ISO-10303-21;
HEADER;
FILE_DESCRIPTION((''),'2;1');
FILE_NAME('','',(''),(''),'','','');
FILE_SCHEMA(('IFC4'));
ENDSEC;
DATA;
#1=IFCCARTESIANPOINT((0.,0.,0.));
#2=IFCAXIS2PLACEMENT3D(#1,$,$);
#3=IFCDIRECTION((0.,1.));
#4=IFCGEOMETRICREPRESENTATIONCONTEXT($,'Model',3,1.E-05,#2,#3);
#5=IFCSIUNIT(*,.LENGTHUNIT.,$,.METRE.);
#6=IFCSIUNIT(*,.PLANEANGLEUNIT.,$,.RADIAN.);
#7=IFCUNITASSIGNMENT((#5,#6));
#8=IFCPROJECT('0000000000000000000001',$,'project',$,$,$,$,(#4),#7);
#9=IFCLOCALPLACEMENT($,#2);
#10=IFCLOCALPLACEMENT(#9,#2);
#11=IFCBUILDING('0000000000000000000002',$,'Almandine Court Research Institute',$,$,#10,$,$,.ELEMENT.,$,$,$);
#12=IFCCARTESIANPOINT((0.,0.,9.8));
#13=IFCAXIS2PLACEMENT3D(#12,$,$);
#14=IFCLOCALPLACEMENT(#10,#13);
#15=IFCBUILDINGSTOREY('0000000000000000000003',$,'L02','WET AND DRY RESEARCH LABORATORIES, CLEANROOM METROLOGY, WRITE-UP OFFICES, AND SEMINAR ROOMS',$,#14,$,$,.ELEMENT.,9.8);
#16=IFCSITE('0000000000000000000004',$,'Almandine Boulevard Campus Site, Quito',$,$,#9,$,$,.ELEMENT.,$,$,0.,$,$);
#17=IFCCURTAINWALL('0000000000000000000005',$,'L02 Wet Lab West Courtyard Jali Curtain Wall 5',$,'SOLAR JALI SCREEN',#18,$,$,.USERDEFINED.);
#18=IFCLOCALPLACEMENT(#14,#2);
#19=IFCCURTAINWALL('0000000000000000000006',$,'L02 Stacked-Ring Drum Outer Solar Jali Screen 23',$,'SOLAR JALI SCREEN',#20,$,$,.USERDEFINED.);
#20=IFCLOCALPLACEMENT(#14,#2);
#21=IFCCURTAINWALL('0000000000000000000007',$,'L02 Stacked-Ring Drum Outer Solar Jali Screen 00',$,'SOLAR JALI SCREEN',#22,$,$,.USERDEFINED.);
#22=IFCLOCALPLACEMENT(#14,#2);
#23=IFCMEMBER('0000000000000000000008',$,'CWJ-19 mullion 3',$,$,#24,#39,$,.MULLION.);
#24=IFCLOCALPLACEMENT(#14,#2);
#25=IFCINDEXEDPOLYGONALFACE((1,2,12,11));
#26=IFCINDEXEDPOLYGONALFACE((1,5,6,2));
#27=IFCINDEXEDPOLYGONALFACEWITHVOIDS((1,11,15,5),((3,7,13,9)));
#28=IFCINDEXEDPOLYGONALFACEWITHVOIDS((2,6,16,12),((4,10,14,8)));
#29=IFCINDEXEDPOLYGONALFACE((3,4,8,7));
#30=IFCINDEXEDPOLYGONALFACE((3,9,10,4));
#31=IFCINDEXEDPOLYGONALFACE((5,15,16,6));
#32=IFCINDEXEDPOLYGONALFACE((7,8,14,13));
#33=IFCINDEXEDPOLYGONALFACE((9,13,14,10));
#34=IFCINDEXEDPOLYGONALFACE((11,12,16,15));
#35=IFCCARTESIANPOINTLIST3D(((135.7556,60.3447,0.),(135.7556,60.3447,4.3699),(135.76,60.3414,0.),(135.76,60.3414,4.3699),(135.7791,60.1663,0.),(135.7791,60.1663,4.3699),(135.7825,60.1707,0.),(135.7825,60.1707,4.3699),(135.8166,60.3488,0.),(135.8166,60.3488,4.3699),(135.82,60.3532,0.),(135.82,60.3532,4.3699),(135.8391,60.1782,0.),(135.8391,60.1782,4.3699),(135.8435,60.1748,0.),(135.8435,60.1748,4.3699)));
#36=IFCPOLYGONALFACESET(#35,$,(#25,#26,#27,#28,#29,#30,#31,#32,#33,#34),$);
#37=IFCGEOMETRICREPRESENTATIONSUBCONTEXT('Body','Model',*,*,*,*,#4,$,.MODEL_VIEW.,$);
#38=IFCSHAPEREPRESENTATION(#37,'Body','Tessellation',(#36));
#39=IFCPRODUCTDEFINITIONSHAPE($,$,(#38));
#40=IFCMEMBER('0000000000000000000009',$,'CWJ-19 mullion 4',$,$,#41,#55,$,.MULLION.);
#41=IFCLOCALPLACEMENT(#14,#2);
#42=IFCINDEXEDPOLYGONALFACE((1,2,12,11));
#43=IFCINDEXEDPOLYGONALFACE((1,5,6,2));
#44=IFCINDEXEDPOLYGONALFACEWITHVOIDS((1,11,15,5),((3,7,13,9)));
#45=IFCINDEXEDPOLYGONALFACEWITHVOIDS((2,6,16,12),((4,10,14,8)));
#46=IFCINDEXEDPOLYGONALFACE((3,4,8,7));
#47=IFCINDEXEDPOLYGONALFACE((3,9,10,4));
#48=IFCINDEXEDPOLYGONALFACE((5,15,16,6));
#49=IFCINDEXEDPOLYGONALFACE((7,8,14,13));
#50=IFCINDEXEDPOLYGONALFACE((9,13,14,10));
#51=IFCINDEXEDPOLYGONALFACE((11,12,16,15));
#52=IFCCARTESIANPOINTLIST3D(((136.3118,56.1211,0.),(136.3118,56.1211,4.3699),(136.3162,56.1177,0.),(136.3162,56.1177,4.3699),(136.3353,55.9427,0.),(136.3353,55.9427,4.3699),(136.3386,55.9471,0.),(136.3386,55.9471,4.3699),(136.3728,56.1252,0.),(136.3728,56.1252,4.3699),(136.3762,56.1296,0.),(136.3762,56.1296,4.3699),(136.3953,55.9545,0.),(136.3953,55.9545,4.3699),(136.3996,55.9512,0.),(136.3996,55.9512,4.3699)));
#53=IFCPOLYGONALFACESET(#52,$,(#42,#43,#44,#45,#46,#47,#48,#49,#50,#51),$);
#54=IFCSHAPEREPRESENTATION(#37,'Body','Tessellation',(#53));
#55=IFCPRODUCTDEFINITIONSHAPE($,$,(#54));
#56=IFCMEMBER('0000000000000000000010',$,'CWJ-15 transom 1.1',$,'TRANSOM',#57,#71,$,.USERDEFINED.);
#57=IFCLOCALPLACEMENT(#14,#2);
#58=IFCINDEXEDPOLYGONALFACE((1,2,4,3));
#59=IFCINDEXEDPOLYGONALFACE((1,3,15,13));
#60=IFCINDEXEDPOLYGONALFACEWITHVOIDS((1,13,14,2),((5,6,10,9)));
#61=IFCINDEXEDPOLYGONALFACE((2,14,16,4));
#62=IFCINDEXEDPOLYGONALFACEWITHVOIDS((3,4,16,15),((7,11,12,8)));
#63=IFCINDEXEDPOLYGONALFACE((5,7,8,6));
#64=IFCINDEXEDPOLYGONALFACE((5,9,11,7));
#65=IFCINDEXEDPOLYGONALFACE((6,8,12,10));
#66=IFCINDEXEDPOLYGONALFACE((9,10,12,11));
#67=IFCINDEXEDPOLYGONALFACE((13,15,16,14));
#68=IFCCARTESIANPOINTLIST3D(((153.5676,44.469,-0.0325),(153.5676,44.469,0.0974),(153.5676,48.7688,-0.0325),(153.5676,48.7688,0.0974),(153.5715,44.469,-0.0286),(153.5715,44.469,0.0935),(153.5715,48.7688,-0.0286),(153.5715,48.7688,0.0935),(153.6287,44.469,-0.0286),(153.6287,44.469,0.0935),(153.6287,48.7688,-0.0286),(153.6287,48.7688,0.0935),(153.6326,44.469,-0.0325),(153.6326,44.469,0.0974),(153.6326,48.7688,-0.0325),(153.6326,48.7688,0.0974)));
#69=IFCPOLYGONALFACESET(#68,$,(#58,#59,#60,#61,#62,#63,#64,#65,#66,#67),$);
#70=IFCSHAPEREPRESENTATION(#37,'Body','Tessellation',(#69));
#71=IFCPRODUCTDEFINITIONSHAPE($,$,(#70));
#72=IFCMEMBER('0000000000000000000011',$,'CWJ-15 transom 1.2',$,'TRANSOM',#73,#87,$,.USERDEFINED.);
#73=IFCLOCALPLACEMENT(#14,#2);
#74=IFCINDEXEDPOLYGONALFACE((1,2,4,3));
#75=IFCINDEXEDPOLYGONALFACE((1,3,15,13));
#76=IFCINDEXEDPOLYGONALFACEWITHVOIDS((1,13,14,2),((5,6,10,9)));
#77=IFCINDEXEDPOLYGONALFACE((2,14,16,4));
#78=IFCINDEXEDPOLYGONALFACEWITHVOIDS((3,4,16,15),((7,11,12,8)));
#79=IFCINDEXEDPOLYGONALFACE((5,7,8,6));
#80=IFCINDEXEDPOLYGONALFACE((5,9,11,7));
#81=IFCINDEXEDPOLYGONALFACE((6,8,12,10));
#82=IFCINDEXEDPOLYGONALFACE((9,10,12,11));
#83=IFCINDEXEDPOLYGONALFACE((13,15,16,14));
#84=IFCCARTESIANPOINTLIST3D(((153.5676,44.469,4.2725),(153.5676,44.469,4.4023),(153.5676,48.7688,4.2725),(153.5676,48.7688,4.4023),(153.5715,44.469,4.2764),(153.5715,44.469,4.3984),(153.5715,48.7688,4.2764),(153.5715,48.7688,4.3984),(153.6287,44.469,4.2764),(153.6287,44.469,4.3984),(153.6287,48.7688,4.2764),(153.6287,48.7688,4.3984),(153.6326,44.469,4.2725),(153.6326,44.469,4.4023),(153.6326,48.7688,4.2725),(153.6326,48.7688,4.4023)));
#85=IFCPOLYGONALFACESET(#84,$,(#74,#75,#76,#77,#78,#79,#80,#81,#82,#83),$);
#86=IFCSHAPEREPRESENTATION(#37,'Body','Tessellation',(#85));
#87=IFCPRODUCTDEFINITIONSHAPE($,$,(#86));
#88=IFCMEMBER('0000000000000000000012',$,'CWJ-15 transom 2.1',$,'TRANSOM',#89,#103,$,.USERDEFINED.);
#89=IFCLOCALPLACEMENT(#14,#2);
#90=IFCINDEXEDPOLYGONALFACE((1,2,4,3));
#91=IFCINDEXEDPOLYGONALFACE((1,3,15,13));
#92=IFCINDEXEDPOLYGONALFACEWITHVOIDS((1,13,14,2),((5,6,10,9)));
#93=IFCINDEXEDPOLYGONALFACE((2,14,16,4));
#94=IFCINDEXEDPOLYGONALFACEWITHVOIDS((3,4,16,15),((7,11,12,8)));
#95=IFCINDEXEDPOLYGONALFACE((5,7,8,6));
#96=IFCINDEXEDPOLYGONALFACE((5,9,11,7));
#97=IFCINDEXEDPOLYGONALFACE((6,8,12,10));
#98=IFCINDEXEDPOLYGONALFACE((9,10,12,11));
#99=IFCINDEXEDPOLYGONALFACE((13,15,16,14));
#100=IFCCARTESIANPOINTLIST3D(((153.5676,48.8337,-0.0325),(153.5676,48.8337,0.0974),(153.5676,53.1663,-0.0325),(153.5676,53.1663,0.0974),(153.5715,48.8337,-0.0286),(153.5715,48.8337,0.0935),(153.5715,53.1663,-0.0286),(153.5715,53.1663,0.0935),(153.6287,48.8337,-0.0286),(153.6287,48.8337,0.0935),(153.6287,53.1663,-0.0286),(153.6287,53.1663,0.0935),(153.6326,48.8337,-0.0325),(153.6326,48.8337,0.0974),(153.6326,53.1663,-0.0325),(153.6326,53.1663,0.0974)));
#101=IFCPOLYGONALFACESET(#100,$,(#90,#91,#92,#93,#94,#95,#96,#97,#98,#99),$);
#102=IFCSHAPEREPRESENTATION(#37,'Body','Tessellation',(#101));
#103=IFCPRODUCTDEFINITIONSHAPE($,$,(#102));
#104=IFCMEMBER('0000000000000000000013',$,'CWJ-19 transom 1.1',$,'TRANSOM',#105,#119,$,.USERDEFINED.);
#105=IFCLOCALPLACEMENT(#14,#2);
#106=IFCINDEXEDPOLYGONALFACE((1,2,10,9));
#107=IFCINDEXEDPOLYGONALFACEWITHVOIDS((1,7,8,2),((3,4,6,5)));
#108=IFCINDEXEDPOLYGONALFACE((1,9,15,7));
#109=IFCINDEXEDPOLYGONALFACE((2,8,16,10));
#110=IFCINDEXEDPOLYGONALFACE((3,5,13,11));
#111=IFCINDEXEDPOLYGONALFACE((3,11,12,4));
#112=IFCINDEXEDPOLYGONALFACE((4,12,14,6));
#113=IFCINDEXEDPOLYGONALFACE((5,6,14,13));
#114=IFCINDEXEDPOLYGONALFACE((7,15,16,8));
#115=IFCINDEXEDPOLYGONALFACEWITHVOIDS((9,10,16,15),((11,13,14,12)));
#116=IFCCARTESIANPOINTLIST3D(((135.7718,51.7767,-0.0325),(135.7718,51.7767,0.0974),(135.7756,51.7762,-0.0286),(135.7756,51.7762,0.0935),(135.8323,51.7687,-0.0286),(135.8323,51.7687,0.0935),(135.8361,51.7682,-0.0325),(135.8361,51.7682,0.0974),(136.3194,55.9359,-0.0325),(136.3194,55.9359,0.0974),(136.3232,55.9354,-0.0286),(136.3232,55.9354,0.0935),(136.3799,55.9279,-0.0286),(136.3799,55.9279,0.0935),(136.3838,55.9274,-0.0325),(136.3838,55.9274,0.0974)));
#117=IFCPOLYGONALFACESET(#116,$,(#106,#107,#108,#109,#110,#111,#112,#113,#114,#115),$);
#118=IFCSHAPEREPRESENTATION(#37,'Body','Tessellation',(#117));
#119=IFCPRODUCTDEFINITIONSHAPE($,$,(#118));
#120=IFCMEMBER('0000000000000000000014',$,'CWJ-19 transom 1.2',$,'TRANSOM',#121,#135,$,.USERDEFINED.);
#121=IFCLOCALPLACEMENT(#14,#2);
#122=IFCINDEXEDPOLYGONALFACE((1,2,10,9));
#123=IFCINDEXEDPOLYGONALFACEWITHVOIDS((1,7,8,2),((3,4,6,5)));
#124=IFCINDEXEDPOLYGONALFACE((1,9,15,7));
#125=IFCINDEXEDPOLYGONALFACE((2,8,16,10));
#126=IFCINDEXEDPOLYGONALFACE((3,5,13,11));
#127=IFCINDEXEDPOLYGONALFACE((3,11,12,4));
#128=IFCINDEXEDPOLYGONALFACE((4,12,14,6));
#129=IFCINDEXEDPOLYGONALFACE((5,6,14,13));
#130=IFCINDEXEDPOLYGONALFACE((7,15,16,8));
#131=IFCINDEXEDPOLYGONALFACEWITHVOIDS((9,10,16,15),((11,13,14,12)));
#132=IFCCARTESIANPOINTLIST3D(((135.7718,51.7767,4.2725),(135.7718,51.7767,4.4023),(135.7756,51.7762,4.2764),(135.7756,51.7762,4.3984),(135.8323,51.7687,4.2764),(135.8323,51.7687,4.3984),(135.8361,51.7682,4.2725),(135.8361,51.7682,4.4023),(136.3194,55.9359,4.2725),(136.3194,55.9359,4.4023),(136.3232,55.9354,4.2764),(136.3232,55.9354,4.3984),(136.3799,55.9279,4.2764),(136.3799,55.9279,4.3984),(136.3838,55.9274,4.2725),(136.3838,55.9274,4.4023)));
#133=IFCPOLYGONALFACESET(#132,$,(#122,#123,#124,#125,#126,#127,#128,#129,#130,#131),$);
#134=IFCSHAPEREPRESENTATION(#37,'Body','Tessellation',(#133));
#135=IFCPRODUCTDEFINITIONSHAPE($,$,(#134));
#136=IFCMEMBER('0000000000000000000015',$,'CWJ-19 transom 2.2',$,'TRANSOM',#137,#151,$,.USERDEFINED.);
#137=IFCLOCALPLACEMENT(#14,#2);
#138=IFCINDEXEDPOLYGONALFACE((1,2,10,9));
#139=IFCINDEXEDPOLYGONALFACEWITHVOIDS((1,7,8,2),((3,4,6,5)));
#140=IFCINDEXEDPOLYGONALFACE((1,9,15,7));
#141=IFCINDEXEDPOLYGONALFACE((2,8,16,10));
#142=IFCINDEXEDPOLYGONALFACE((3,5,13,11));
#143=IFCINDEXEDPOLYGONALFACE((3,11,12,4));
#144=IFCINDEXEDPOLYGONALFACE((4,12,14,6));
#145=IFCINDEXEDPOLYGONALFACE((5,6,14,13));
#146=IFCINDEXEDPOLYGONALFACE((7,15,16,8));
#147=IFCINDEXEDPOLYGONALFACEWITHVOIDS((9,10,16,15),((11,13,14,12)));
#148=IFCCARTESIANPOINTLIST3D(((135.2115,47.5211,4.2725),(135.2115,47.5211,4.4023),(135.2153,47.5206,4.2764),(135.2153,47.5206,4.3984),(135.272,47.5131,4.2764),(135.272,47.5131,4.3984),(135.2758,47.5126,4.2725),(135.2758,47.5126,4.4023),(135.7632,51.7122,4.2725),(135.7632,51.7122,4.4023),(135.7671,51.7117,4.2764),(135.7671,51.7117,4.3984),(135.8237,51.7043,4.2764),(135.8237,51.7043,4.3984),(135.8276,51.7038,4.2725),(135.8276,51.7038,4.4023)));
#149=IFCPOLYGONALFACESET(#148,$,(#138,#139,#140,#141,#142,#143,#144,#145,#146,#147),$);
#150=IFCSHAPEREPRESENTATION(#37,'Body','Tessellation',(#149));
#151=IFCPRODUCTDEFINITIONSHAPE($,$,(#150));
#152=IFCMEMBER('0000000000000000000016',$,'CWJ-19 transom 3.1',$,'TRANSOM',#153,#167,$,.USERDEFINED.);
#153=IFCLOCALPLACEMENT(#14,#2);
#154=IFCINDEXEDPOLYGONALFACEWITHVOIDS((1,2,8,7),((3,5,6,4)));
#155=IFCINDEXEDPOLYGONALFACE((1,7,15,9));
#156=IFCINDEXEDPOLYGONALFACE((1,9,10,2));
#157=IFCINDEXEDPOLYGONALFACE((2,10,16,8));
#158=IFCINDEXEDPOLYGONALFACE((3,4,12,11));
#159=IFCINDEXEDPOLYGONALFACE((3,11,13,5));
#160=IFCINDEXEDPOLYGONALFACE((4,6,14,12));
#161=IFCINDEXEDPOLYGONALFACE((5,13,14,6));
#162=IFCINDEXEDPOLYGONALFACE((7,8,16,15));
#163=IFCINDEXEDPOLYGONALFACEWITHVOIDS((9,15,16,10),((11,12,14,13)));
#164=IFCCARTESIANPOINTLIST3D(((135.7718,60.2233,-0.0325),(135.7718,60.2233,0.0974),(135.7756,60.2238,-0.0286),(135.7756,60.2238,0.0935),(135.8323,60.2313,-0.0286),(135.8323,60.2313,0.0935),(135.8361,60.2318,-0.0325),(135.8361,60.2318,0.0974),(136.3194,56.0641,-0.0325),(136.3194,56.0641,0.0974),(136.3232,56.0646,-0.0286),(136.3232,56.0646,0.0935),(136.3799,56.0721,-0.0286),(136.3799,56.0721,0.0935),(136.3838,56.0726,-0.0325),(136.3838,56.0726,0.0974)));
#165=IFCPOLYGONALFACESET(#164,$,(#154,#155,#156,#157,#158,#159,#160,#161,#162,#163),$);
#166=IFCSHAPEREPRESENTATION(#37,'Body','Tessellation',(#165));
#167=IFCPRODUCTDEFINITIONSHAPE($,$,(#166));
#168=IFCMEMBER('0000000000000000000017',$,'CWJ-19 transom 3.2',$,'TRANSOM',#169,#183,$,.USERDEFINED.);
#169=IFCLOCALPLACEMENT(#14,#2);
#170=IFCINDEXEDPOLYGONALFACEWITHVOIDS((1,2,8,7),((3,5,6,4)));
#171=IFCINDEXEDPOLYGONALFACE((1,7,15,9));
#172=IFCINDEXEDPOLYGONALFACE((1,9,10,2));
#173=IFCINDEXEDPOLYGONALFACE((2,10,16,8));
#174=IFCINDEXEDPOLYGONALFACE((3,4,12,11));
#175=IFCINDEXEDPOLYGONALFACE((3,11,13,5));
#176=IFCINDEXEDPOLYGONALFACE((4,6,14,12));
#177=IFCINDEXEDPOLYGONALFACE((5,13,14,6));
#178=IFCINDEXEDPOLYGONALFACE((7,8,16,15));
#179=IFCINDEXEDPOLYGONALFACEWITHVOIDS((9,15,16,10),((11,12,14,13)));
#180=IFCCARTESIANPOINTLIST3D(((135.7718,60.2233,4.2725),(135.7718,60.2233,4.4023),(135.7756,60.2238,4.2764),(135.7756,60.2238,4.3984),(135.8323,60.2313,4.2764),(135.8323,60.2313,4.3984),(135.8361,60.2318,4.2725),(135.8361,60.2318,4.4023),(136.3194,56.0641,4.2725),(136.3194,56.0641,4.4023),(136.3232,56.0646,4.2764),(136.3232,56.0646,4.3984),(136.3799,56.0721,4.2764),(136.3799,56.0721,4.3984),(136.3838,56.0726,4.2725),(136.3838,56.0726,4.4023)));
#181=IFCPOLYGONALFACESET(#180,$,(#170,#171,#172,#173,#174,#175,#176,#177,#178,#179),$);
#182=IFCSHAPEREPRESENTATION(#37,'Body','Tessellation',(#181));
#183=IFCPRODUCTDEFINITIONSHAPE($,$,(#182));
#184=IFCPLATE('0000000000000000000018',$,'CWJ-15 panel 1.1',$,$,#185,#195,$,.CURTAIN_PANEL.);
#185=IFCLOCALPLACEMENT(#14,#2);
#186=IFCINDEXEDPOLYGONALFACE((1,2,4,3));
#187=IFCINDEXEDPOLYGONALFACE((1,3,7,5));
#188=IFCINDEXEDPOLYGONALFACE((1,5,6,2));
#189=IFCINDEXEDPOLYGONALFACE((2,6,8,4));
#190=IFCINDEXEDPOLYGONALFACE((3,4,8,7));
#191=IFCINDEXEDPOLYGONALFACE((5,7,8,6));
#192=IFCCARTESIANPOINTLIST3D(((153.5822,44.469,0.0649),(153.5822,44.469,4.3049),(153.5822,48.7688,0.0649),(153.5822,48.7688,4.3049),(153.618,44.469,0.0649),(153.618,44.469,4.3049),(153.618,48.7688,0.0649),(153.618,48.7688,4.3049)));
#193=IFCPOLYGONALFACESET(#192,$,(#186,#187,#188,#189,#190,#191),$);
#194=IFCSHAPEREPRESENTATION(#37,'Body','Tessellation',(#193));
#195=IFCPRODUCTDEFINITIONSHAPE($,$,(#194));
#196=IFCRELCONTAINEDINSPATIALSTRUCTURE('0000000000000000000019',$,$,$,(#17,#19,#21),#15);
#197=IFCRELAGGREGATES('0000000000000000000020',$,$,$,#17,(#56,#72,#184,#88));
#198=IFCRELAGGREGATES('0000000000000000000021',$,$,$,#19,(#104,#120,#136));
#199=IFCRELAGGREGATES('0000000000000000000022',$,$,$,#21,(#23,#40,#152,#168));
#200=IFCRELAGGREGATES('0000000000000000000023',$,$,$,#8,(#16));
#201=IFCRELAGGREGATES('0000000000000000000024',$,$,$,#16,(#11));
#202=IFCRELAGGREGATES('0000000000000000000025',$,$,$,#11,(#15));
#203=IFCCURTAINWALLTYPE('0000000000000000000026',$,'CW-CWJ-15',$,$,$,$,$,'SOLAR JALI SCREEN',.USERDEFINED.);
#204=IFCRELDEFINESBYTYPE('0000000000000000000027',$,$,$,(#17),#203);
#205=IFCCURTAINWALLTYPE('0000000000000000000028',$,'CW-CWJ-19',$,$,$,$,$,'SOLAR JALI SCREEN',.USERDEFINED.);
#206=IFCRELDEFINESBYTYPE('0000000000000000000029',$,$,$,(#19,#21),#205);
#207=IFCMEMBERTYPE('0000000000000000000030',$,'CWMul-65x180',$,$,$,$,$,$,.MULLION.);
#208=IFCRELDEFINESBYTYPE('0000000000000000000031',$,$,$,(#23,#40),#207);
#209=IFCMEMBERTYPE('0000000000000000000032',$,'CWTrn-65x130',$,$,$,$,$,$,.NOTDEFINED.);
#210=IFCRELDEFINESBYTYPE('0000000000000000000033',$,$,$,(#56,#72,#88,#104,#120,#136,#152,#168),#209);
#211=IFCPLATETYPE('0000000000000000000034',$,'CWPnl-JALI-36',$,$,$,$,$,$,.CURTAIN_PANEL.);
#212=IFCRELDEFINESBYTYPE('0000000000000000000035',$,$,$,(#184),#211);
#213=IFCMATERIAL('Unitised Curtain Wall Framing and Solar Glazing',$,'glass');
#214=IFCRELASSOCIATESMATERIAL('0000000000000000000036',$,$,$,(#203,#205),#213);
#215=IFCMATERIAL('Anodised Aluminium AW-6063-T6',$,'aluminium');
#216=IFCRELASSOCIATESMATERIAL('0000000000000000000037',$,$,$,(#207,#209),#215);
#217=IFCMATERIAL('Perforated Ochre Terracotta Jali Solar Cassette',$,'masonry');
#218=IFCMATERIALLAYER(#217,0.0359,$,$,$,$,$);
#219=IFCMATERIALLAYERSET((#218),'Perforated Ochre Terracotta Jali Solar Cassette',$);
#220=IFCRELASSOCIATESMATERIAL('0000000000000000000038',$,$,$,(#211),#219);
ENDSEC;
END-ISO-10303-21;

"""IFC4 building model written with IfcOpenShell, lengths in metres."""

from ifc_helpers import new_model, si_unit, direction, frame, origin, origin_2d, place, context, subcontext, project, spatial, rectangle, hollow_rectangle, extrude, material, layer, layer_set, material_profile, profile_set, type_object, element, aggregate, save


model = new_model("IFC4")

# Units and contexts
model_context = context("Model", 3, precision=1e-05, world=origin(), true_north=direction((0.0, 1.0)))
body_context = subcontext(model_context, "Body", "Model", "MODEL_VIEW")
ifc_project = project(units=[si_unit("LENGTHUNIT", "METRE"), si_unit("PLANEANGLEUNIT", "RADIAN")], contexts=[model_context])

# Site, building, storey
site_placement = place(None, origin())
site = spatial("IfcSite", under=ifc_project, at=site_placement, Name="Almandine Boulevard Campus Site, Quito", CompositionType="ELEMENT", RefElevation=0.0)
building_placement = place(site_placement, origin())
building = spatial("IfcBuilding", under=site, at=building_placement, Name="Almandine Court Research Institute", CompositionType="ELEMENT")
storey_placement = place(building_placement, frame((0.0, 0.0, 9.8)))
storey = spatial("IfcBuildingStorey", under=building, at=storey_placement, Name="L02", Description="WET AND DRY RESEARCH LABORATORIES, CLEANROOM METROLOGY, WRITE-UP OFFICES, AND SEMINAR ROOMS", CompositionType="ELEMENT", Elevation=9.8)

# Curtain walls, members
ifc_material_1 = material(Name="Unitised Curtain Wall Framing and Solar Glazing", Category="glass")
curtain_wall_type_1 = type_object("IfcCurtainWallType", Name="CW-CWJ-15", ElementType="SOLAR JALI SCREEN", PredefinedType="USERDEFINED", material=ifc_material_1)
curtain_wall_1_placement = place(storey_placement, origin())
curtain_wall_1 = element("IfcCurtainWall", 1, at=curtain_wall_1_placement, inside=storey, type_object=curtain_wall_type_1, Name="L02 Wet Lab West Courtyard Jali Curtain Wall 5", ObjectType="SOLAR JALI SCREEN", PredefinedType="USERDEFINED")
ifc_material_2 = material(Name="Anodised Aluminium AW-6063-T6", Category="aluminium")
ifc_material_profile_1 = material_profile(ifc_material_2, hollow_rectangle(XDim=0.0649, YDim=0.1799, WallThickness=0.0039, at=origin_2d()), Name="ALU RHS 65x180x4")
ifc_profile_set_1 = profile_set([ifc_material_profile_1], Name="Anodised Aluminium AW-6063-T6")
member_type_1 = type_object("IfcMemberType", Name="CWMul-65x180", PredefinedType="MULLION", material=ifc_profile_set_1)
curtain_wall_type_2 = type_object("IfcCurtainWallType", Name="CW-CWJ-19", ElementType="SOLAR JALI SCREEN", PredefinedType="USERDEFINED", material=ifc_material_1)
curtain_wall_2_placement = place(storey_placement, origin())
curtain_wall_2 = element("IfcCurtainWall", 2, at=curtain_wall_2_placement, inside=storey, type_object=curtain_wall_type_2, Name="L02 Stacked-Ring Drum Outer Solar Jali Screen 23", ObjectType="SOLAR JALI SCREEN", PredefinedType="USERDEFINED")
curtain_wall_3_placement = place(storey_placement, origin())
curtain_wall_3 = element("IfcCurtainWall", 3, at=curtain_wall_3_placement, inside=storey, type_object=curtain_wall_type_2, Name="L02 Stacked-Ring Drum Outer Solar Jali Screen 00", ObjectType="SOLAR JALI SCREEN", PredefinedType="USERDEFINED")
member_1_placement = place(storey_placement, frame((135.7996, 60.2598, 0.0), z_axis=(0.0, 0.0, 1.0), x_axis=(0.991443, 0.130541, 0.0)))
member_1 = element("IfcMember", 4, at=member_1_placement, type_object=member_type_1, Name="CWJ-19 mullion 3", PredefinedType="MULLION", context=body_context, shape_type="SweptSolid", body=[
    extrude(hollow_rectangle(XDim=0.0649, YDim=0.1799, WallThickness=0.0039, at=origin_2d()), origin(), (0.0, 0.0, 1.0), 4.3699),
])
member_2_placement = place(storey_placement, frame((136.3557, 56.0361, 0.0), z_axis=(0.0, 0.0, 1.0), x_axis=(0.991443, 0.130541, 0.0)))
member_2 = element("IfcMember", 5, at=member_2_placement, type_object=member_type_1, Name="CWJ-19 mullion 4", PredefinedType="MULLION", context=body_context, shape_type="SweptSolid", body=[
    extrude(hollow_rectangle(XDim=0.0649, YDim=0.1799, WallThickness=0.0039, at=origin_2d()), origin(), (0.0, 0.0, 1.0), 4.3699),
])

# Members
ifc_material_profile_2 = material_profile(ifc_material_2, hollow_rectangle(XDim=0.0649, YDim=0.1299, WallThickness=0.0039, at=origin_2d()), Name="ALU RHS 65x130x4")
ifc_profile_set_2 = profile_set([ifc_material_profile_2], Name="Anodised Aluminium AW-6063-T6")
member_type_2 = type_object("IfcMemberType", Name="CWTrn-65x130", PredefinedType="NOTDEFINED", material=ifc_profile_set_2)
member_3_placement = place(storey_placement, frame((153.6001, 44.469, 0.0325), z_axis=(0.0, 1.0, 0.0), x_axis=(-1.0, 0.0, 0.0)))
member_3 = element("IfcMember", 6, at=member_3_placement, type_object=member_type_2, Name="CWJ-15 transom 1.1", ObjectType="TRANSOM", PredefinedType="USERDEFINED", context=body_context, shape_type="SweptSolid", body=[
    extrude(hollow_rectangle(XDim=0.0649, YDim=0.1299, WallThickness=0.0039, at=origin_2d()), origin(), (0.0, 0.0, 1.0), 4.2998),
])
member_4_placement = place(storey_placement, frame((153.6001, 44.469, 4.3374), z_axis=(0.0, 1.0, 0.0), x_axis=(-1.0, 0.0, 0.0)))
member_4 = element("IfcMember", 7, at=member_4_placement, type_object=member_type_2, Name="CWJ-15 transom 1.2", ObjectType="TRANSOM", PredefinedType="USERDEFINED", context=body_context, shape_type="SweptSolid", body=[
    extrude(hollow_rectangle(XDim=0.0649, YDim=0.1299, WallThickness=0.0039, at=origin_2d()), origin(), (0.0, 0.0, 1.0), 4.2998),
])
member_5_placement = place(storey_placement, frame((153.6001, 48.8337, 0.0325), z_axis=(0.0, 1.0, 0.0), x_axis=(-1.0, 0.0, 0.0)))
member_5 = element("IfcMember", 8, at=member_5_placement, type_object=member_type_2, Name="CWJ-15 transom 2.1", ObjectType="TRANSOM", PredefinedType="USERDEFINED", context=body_context, shape_type="SweptSolid", body=[
    extrude(hollow_rectangle(XDim=0.0649, YDim=0.1299, WallThickness=0.0039, at=origin_2d()), origin(), (0.0, 0.0, 1.0), 4.3325),
])
member_6_placement = place(storey_placement, frame((136.3516, 55.9316, 0.0325), z_axis=(-0.130536, -0.991444, 0.0), x_axis=(0.991444, -0.130536, 0.0)))
member_6 = element("IfcMember", 9, at=member_6_placement, type_object=member_type_2, Name="CWJ-19 transom 1.1", ObjectType="TRANSOM", PredefinedType="USERDEFINED", context=body_context, shape_type="SweptSolid", body=[
    extrude(hollow_rectangle(XDim=0.0649, YDim=0.1299, WallThickness=0.0039, at=origin_2d()), origin(), (0.0, 0.0, 1.0), 4.1951),
])
member_7_placement = place(storey_placement, frame((136.3516, 55.9316, 4.3374), z_axis=(-0.130536, -0.991444, 0.0), x_axis=(0.991444, -0.130536, 0.0)))
member_7 = element("IfcMember", 10, at=member_7_placement, type_object=member_type_2, Name="CWJ-19 transom 1.2", ObjectType="TRANSOM", PredefinedType="USERDEFINED", context=body_context, shape_type="SweptSolid", body=[
    extrude(hollow_rectangle(XDim=0.0649, YDim=0.1299, WallThickness=0.0039, at=origin_2d()), origin(), (0.0, 0.0, 1.0), 4.1951),
])
member_8_placement = place(storey_placement, frame((135.7954, 51.708, 4.3374), z_axis=(-0.130522, -0.991445, 0.0), x_axis=(0.991445, -0.130522, 0.0)))
member_8 = element("IfcMember", 11, at=member_8_placement, type_object=member_type_2, Name="CWJ-19 transom 2.2", ObjectType="TRANSOM", PredefinedType="USERDEFINED", context=body_context, shape_type="SweptSolid", body=[
    extrude(hollow_rectangle(XDim=0.0649, YDim=0.1299, WallThickness=0.0039, at=origin_2d()), origin(), (0.0, 0.0, 1.0), 4.2273),
])
member_9_placement = place(storey_placement, frame((135.804, 60.2275, 0.0325), z_axis=(0.130536, -0.991444, 0.0), x_axis=(0.991444, 0.130536, 0.0)))
member_9 = element("IfcMember", 12, at=member_9_placement, type_object=member_type_2, Name="CWJ-19 transom 3.1", ObjectType="TRANSOM", PredefinedType="USERDEFINED", context=body_context, shape_type="SweptSolid", body=[
    extrude(hollow_rectangle(XDim=0.0649, YDim=0.1299, WallThickness=0.0039, at=origin_2d()), origin(), (0.0, 0.0, 1.0), 4.1951),
])
member_10_placement = place(storey_placement, frame((135.804, 60.2275, 4.3374), z_axis=(0.130536, -0.991444, 0.0), x_axis=(0.991444, 0.130536, 0.0)))
member_10 = element("IfcMember", 13, at=member_10_placement, type_object=member_type_2, Name="CWJ-19 transom 3.2", ObjectType="TRANSOM", PredefinedType="USERDEFINED", context=body_context, shape_type="SweptSolid", body=[
    extrude(hollow_rectangle(XDim=0.0649, YDim=0.1299, WallThickness=0.0039, at=origin_2d()), origin(), (0.0, 0.0, 1.0), 4.1951),
])

# Plate
ifc_material_3 = material(Name="Perforated Ochre Terracotta Jali Solar Cassette", Category="masonry")
ifc_layer = layer(ifc_material_3, 0.0359)
ifc_layer_set = layer_set([ifc_layer], Name="Perforated Ochre Terracotta Jali Solar Cassette")
plate_type = type_object("IfcPlateType", Name="CWPnl-JALI-36", PredefinedType="CURTAIN_PANEL", material=ifc_layer_set)
plate_1_placement = place(storey_placement, frame((153.6001, 46.6189, 0.0649), z_axis=(0.0, 0.0, 1.0), x_axis=(0.0, 1.0, 0.0)))
plate_1 = element("IfcPlate", 14, at=plate_1_placement, type_object=plate_type, Name="CWJ-15 panel 1.1", PredefinedType="CURTAIN_PANEL", context=body_context, shape_type="SweptSolid", body=[
    extrude(rectangle(XDim=4.2998, YDim=0.0359, at=origin_2d()), origin(), (0.0, 0.0, 1.0), 4.24),
])
aggregate(curtain_wall_1, [member_3, member_4, plate_1, member_5])
aggregate(curtain_wall_2, [member_6, member_7, member_8])
aggregate(curtain_wall_3, [member_1, member_2, member_9, member_10])

save(model, "model.ifc")
